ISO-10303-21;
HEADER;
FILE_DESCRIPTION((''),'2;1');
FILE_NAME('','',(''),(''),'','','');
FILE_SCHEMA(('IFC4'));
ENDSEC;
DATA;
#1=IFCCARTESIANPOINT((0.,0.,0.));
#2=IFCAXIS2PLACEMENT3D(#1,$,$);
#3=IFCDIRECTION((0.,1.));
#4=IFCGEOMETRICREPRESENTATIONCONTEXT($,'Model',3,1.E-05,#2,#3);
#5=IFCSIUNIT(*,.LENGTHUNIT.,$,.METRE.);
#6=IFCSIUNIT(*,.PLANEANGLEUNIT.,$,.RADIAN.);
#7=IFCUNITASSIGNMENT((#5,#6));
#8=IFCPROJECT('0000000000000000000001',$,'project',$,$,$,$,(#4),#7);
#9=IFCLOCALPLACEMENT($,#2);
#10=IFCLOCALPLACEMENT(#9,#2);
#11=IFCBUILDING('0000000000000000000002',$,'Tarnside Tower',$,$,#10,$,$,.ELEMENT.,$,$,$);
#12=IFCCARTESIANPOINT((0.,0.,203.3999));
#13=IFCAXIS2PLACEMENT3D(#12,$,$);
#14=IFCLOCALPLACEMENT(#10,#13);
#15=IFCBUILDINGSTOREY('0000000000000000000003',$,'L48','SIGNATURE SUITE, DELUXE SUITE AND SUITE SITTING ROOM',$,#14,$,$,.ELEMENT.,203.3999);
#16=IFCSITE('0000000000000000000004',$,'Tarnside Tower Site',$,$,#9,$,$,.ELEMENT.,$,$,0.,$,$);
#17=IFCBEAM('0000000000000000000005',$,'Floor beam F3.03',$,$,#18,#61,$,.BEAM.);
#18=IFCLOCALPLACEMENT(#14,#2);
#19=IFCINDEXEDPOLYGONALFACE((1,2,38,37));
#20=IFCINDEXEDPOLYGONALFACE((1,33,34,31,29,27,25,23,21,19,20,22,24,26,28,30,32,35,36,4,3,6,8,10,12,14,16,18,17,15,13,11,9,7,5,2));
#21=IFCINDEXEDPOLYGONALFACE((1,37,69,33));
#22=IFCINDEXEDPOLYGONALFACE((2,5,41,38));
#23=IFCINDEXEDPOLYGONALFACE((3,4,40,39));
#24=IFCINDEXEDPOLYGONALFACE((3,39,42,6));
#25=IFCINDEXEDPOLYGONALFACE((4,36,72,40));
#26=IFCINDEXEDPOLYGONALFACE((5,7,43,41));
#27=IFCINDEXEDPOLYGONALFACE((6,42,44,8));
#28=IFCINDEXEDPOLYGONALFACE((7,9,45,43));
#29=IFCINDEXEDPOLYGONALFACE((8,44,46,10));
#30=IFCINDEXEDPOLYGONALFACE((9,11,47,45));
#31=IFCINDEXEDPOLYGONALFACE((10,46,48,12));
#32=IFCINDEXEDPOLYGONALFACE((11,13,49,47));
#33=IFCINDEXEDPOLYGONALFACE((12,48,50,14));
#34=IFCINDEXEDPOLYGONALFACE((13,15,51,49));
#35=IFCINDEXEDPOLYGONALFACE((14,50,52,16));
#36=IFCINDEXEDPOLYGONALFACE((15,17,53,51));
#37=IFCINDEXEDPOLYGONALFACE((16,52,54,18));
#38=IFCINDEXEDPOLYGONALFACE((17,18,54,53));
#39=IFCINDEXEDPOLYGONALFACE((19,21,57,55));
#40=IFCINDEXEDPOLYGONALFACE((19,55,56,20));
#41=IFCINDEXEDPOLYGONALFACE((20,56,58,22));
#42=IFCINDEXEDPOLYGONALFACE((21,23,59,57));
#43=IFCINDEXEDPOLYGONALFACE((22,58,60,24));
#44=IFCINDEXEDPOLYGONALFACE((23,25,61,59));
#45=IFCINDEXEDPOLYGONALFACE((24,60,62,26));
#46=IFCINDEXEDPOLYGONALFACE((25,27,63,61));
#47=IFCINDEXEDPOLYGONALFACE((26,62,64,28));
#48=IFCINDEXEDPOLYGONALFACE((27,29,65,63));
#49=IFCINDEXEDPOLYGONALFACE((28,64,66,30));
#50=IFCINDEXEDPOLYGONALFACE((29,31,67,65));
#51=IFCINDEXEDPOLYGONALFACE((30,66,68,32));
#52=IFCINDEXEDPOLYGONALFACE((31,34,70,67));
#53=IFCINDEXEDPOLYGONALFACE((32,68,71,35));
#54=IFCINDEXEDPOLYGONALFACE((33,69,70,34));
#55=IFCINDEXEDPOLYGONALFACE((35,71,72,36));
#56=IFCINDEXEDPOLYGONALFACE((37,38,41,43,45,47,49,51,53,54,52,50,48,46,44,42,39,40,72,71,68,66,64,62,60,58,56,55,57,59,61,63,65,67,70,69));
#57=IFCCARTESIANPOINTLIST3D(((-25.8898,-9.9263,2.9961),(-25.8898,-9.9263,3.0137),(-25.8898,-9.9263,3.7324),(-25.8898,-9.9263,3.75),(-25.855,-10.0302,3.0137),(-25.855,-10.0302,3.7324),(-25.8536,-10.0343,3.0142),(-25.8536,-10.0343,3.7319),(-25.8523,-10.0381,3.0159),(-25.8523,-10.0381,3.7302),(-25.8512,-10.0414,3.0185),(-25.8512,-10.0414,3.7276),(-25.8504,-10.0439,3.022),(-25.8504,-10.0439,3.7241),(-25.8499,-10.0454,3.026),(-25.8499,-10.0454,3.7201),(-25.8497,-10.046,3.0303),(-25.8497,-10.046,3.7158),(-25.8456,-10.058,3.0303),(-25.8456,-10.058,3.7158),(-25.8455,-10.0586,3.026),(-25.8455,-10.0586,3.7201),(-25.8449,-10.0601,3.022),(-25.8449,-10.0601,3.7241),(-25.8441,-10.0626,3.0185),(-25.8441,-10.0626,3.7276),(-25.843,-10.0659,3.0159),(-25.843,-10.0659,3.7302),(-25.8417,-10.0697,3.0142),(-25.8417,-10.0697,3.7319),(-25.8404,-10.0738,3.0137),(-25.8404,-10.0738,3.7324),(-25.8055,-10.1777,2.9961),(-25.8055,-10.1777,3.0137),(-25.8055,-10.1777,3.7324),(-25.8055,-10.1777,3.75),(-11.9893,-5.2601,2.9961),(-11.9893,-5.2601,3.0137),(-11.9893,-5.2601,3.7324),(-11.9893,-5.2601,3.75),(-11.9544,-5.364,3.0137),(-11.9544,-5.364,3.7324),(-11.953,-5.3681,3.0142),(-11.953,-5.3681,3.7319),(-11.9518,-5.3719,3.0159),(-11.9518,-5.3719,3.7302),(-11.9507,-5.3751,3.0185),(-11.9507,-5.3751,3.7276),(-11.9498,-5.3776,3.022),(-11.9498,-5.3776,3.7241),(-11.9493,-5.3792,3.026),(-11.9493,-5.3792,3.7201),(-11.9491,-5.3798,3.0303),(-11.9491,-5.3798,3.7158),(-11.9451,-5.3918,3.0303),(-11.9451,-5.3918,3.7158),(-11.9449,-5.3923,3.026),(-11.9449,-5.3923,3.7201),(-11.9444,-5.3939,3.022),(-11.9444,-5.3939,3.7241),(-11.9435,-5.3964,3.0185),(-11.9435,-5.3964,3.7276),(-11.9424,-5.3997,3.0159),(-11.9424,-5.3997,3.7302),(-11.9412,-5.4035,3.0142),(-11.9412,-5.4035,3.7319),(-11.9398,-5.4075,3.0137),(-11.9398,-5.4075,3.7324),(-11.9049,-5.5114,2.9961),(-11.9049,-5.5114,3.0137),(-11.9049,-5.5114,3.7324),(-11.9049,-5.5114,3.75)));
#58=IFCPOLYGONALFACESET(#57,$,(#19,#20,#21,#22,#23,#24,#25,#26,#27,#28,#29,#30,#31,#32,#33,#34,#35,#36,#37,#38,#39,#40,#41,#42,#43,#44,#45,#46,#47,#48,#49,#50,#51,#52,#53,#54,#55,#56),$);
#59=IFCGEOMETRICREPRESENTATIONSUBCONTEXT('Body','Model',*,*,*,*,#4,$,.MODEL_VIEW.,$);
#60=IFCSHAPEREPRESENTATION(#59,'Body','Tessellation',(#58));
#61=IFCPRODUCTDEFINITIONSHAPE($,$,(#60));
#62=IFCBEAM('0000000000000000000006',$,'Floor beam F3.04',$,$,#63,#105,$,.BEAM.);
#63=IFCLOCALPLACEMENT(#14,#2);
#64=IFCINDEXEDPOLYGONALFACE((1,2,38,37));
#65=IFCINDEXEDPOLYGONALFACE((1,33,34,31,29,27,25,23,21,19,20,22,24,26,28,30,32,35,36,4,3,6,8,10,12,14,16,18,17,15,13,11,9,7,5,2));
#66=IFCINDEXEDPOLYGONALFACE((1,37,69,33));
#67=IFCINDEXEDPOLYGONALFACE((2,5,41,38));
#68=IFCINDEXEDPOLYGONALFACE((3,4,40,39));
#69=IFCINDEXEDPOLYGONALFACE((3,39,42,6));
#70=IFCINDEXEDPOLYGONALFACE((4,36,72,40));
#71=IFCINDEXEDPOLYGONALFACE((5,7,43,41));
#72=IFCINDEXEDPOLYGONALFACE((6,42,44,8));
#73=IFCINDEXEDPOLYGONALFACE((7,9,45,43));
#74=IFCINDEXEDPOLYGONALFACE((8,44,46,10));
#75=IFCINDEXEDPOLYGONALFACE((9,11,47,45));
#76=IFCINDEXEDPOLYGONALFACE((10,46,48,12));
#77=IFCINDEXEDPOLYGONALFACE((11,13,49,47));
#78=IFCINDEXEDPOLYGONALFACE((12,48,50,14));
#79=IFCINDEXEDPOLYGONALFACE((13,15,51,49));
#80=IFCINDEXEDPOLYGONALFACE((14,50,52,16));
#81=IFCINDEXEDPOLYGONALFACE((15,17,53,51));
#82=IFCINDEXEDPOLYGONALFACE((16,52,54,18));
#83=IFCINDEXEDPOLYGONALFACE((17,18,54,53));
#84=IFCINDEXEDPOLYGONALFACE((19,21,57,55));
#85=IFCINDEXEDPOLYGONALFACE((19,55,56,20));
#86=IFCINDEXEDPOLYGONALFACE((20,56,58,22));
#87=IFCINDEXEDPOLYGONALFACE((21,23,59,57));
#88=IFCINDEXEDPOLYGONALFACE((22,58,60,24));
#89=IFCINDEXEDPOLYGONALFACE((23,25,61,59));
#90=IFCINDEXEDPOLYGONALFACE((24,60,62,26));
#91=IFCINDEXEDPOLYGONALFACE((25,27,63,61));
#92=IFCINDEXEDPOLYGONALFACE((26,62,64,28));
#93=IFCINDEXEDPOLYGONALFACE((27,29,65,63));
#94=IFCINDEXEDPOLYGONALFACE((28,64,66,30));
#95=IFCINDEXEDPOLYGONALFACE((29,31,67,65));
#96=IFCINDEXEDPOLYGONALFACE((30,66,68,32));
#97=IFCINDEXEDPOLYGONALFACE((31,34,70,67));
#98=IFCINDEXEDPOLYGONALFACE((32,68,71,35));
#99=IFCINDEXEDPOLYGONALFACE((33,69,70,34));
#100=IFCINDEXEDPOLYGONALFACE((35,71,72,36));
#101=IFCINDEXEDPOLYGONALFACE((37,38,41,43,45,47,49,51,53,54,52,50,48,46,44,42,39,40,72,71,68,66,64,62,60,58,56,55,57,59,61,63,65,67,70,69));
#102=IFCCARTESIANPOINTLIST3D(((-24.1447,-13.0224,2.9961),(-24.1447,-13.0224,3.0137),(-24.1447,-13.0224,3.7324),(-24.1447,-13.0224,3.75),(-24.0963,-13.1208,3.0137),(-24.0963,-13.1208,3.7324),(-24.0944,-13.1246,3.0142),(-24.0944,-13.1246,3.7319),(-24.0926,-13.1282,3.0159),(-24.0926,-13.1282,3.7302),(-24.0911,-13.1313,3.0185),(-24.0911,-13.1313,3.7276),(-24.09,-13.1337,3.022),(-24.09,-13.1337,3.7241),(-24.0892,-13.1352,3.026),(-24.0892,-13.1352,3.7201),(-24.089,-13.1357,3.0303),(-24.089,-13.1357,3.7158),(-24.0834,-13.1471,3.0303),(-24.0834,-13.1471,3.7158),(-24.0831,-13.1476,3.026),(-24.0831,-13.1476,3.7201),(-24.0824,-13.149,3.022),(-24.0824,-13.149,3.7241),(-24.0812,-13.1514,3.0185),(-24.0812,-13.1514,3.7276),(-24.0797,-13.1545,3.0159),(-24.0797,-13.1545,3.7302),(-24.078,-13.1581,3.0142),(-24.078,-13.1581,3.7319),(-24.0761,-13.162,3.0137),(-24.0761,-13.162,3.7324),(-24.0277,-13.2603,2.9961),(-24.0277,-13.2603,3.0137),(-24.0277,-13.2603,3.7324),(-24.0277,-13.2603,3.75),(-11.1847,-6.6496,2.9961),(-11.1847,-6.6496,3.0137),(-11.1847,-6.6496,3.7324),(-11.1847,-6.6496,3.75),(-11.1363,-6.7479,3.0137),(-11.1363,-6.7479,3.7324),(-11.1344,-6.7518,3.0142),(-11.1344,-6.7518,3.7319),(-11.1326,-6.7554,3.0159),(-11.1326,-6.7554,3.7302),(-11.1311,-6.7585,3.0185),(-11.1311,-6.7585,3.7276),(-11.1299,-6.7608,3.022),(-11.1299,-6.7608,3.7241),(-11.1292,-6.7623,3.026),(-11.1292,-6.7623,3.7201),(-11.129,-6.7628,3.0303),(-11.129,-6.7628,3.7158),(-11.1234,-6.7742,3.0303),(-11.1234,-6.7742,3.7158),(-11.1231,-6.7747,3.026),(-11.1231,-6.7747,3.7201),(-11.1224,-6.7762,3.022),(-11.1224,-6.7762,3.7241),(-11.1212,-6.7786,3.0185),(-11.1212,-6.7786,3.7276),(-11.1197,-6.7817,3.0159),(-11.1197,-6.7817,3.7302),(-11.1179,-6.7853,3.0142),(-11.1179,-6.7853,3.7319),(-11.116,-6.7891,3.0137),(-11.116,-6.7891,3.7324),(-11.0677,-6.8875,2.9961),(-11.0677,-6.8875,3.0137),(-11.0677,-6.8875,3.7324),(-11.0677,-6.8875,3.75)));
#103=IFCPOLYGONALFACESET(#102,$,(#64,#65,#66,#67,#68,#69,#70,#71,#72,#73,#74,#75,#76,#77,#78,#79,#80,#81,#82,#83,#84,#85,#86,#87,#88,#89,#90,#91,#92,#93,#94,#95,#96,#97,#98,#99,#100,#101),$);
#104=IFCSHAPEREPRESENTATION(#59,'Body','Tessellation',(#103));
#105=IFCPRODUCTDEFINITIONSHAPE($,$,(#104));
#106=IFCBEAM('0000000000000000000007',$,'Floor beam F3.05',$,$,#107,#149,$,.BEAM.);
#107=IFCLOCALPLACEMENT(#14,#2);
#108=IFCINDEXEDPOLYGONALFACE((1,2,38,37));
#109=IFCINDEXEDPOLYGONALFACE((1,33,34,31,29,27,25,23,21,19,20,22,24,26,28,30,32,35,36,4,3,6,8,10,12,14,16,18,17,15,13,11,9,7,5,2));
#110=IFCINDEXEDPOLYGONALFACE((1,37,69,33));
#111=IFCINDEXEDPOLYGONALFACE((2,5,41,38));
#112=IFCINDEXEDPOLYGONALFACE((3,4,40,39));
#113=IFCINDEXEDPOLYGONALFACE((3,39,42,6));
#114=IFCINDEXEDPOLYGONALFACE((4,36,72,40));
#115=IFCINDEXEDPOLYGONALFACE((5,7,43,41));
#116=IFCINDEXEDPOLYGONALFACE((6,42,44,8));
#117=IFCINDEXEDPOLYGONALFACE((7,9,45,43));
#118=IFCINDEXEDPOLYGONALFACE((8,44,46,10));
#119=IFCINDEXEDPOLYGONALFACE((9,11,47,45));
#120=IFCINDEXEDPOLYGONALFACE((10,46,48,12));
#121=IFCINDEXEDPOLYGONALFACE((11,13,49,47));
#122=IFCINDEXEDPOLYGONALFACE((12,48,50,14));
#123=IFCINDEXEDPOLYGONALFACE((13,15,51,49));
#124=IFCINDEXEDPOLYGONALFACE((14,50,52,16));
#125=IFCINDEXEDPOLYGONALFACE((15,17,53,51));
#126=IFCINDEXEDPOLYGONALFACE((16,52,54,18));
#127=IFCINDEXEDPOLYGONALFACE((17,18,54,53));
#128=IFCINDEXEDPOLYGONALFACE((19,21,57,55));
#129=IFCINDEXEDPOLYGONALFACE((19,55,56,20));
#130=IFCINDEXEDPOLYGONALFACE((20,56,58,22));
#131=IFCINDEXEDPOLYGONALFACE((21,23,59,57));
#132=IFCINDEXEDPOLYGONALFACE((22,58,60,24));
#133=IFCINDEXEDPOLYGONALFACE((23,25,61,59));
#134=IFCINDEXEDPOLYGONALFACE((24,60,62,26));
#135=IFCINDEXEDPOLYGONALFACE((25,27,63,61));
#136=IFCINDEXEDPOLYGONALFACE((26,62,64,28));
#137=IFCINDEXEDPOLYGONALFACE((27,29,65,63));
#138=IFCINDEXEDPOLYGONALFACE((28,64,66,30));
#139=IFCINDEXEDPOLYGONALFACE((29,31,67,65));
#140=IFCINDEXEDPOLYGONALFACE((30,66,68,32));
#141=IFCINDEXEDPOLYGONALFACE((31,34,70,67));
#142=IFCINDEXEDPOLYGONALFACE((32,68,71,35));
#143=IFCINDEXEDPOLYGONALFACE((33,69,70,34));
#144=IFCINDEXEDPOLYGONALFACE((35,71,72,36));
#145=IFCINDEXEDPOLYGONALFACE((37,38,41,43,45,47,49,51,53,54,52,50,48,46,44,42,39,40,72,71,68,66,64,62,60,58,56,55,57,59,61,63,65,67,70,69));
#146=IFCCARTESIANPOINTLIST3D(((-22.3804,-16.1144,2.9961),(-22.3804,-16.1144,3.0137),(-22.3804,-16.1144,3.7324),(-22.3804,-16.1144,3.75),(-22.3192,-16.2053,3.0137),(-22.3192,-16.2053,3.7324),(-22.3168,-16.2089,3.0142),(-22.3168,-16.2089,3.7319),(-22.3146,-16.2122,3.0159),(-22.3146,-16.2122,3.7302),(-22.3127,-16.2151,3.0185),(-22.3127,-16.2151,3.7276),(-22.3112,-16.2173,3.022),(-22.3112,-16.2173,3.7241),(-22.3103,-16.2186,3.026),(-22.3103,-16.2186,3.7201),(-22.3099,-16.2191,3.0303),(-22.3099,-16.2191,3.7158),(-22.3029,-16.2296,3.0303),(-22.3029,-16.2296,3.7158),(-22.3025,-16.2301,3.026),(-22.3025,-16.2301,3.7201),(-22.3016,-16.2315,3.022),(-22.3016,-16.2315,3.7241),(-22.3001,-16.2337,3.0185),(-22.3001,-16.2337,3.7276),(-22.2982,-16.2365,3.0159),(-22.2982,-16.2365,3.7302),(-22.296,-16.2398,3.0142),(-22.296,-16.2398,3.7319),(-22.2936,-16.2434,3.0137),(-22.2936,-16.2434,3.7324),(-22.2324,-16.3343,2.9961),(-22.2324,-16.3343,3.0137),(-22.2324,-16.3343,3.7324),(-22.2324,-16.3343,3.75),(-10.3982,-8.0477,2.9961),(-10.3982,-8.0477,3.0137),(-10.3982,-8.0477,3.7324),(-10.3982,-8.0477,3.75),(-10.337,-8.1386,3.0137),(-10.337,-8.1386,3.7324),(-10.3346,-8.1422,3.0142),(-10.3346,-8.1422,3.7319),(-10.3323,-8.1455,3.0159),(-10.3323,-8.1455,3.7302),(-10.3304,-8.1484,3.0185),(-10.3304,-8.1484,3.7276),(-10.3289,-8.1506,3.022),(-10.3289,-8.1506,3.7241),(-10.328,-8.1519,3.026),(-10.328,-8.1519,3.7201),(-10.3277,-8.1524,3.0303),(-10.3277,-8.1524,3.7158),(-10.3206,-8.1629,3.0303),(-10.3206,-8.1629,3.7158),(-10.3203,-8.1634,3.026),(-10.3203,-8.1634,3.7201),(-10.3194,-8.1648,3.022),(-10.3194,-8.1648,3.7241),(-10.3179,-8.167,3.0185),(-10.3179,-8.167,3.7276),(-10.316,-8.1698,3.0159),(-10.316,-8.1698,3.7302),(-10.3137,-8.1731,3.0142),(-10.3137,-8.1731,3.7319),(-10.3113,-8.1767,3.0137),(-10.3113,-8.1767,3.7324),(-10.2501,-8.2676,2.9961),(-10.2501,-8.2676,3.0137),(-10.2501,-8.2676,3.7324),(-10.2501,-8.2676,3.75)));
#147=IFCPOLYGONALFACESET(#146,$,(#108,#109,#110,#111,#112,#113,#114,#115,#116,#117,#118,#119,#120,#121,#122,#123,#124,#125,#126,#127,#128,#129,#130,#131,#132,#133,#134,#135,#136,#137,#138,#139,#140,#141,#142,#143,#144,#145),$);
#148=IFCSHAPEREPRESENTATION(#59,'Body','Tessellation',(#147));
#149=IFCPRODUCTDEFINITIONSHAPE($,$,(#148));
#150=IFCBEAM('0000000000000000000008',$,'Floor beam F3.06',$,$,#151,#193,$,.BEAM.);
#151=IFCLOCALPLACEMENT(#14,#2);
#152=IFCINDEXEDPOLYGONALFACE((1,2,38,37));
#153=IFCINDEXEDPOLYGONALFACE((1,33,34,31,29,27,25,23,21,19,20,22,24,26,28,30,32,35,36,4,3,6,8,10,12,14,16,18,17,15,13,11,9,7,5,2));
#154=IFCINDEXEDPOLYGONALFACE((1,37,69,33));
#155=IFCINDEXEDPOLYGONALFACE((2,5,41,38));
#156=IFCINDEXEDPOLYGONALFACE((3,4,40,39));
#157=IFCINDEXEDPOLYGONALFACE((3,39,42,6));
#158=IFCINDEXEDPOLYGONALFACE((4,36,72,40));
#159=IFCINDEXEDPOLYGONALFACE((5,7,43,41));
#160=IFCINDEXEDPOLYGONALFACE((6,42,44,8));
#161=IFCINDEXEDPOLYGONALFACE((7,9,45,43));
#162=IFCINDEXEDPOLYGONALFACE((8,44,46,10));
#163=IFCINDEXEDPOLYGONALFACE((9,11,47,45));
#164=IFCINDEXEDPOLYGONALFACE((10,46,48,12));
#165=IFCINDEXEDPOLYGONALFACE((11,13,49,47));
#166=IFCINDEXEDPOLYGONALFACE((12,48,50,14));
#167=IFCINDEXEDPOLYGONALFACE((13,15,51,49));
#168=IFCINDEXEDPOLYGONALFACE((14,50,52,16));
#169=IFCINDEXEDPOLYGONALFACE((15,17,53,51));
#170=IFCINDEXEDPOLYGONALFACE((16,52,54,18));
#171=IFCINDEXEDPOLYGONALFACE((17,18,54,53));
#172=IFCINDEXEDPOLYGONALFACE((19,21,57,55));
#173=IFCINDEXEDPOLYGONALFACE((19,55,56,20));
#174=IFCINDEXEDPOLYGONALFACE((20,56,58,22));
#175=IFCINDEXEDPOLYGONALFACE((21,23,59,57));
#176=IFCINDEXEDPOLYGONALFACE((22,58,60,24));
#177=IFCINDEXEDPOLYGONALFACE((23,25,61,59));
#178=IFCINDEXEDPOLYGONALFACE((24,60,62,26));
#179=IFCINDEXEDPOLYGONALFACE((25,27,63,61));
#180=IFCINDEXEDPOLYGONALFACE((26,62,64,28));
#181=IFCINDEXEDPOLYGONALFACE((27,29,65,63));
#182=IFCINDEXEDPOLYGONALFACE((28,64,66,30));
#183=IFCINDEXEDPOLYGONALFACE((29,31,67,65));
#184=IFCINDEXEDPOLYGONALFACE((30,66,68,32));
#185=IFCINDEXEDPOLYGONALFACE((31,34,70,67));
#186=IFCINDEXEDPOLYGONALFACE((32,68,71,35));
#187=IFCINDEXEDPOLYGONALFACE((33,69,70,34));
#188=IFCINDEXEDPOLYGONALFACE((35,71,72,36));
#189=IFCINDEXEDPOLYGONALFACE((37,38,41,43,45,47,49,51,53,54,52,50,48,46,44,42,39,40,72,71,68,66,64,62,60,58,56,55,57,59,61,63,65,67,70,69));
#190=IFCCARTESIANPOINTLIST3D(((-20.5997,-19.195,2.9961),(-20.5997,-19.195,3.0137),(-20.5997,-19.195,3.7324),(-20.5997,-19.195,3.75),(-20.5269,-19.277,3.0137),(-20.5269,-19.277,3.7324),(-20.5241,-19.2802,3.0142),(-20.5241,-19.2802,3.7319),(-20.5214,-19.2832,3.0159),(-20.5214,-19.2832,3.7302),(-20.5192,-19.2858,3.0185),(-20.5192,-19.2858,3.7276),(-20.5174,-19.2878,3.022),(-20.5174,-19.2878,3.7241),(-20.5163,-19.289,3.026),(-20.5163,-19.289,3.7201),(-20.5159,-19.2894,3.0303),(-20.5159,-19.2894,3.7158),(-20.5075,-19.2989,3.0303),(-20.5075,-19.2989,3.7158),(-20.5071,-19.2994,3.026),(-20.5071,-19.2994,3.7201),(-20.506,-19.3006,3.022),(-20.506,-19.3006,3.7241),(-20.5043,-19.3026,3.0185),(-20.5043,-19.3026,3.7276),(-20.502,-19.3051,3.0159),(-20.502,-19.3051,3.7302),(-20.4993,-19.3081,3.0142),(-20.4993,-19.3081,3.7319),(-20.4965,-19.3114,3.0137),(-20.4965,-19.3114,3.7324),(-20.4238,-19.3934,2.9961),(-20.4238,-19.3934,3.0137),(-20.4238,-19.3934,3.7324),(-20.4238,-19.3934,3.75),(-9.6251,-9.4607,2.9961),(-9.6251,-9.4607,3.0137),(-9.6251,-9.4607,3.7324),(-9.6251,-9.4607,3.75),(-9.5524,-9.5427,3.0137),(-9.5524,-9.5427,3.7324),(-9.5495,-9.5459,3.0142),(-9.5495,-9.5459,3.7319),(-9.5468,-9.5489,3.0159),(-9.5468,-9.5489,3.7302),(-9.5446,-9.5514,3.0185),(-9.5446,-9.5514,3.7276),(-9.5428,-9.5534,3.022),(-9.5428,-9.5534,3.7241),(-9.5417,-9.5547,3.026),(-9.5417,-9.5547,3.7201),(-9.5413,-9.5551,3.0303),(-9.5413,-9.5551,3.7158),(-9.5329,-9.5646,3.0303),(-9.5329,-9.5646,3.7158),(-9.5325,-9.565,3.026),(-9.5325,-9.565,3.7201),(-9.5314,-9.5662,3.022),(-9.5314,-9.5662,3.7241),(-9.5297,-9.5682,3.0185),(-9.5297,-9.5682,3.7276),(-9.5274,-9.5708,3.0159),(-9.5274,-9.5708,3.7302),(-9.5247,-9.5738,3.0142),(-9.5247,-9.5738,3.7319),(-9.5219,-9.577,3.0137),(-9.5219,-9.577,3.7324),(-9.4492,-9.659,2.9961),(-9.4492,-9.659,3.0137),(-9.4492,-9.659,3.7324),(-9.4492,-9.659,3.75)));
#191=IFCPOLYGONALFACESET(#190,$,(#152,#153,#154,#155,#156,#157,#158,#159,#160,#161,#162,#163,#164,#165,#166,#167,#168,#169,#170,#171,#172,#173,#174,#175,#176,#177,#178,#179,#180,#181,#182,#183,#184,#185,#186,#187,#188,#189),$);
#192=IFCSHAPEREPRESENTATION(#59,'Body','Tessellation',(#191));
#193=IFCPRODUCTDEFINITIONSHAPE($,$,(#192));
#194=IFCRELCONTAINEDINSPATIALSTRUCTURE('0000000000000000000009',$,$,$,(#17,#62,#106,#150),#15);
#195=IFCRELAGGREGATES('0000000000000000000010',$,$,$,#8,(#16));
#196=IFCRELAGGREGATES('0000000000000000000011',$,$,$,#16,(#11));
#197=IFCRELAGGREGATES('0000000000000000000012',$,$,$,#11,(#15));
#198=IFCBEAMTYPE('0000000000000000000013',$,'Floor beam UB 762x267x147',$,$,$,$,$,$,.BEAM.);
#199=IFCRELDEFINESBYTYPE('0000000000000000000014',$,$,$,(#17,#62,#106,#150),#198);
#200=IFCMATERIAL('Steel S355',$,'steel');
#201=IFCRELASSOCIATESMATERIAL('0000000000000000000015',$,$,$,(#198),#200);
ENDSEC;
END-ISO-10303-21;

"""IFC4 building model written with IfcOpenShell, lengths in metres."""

from ifc_helpers import new_model, si_unit, direction, frame, origin, origin_2d, place, context, subcontext, project, spatial, i_section, extrude, material, material_profile, profile_set, type_object, element, save


model = new_model("IFC4")

# Units and contexts
model_context = context("Model", 3, precision=1e-05, world=origin(), true_north=direction((0.0, 1.0)))
body_context = subcontext(model_context, "Body", "Model", "MODEL_VIEW")
ifc_project = project(units=[si_unit("LENGTHUNIT", "METRE"), si_unit("PLANEANGLEUNIT", "RADIAN")], contexts=[model_context])

# Site, building, storey
site_placement = place(None, origin())
site = spatial("IfcSite", under=ifc_project, at=site_placement, Name="Tarnside Tower Site", CompositionType="ELEMENT", RefElevation=0.0)
building_placement = place(site_placement, origin())
building = spatial("IfcBuilding", under=site, at=building_placement, Name="Tarnside Tower", CompositionType="ELEMENT")
storey_placement = place(building_placement, frame((0.0, 0.0, 203.3999)))
storey = spatial("IfcBuildingStorey", under=building, at=storey_placement, Name="L48", Description="SIGNATURE SUITE, DELUXE SUITE AND SUITE SITTING ROOM", CompositionType="ELEMENT", Elevation=203.3999)

# Beams
ifc_material_1 = material(Name="Steel S355", Category="steel")
ifc_material_profile_1 = material_profile(ifc_material_1, i_section(OverallWidth=0.2651, OverallDepth=0.7539, WebThickness=0.0127, FlangeThickness=0.0176, FilletRadius=0.0166, at=origin_2d()), Name="UB 762x267x147")
ifc_profile_set_1 = profile_set([ifc_material_profile_1], Name="Steel S355")
beam_type_1 = type_object("IfcBeamType", Name="Floor beam UB 762x267x147", PredefinedType="BEAM", material=ifc_profile_set_1)
beam_1_placement = place(storey_placement, frame((-25.8477, -10.052, 3.373), z_axis=(0.948012, 0.318235, 0.0), x_axis=(-0.318235, 0.948012, 0.0)))
element("IfcBeam", 1, at=beam_1_placement, inside=storey, type_object=beam_type_1, Name="Floor beam F3.03", PredefinedType="BEAM", context=body_context, shape_type="SweptSolid", body=[
    extrude(i_section(OverallWidth=0.2651, OverallDepth=0.7539, WebThickness=0.0127, FlangeThickness=0.0176, FilletRadius=0.0166, at=origin_2d()), origin(), (0.0, 0.0, 1.0), 14.6628),
])
beam_2_placement = place(storey_placement, frame((-24.0862, -13.1414, 3.373), z_axis=(0.897376, 0.441267, 0.0), x_axis=(-0.441267, 0.897376, 0.0)))
element("IfcBeam", 2, at=beam_2_placement, inside=storey, type_object=beam_type_1, Name="Floor beam F3.04", PredefinedType="BEAM", context=body_context, shape_type="SweptSolid", body=[
    extrude(i_section(OverallWidth=0.2651, OverallDepth=0.7539, WebThickness=0.0127, FlangeThickness=0.0176, FilletRadius=0.0166, at=origin_2d()), origin(), (0.0, 0.0, 1.0), 14.4421),
])
beam_3_placement = place(storey_placement, frame((-22.3064, -16.2244, 3.373), z_axis=(0.829532, 0.558458, 0.0), x_axis=(-0.558458, 0.829532, 0.0)))
element("IfcBeam", 3, at=beam_3_placement, inside=storey, type_object=beam_type_1, Name="Floor beam F3.05", PredefinedType="BEAM", context=body_context, shape_type="SweptSolid", body=[
    extrude(i_section(OverallWidth=0.2651, OverallDepth=0.7539, WebThickness=0.0127, FlangeThickness=0.0176, FilletRadius=0.0166, at=origin_2d()), origin(), (0.0, 0.0, 1.0), 14.4446),
])
beam_4_placement = place(storey_placement, frame((-20.5117, -19.2942, 3.373), z_axis=(0.748114, 0.66357, 0.0), x_axis=(-0.66357, 0.748114, 0.0)))
element("IfcBeam", 4, at=beam_4_placement, inside=storey, type_object=beam_type_1, Name="Floor beam F3.06", PredefinedType="BEAM", context=body_context, shape_type="SweptSolid", body=[
    extrude(i_section(OverallWidth=0.2651, OverallDepth=0.7539, WebThickness=0.0127, FlangeThickness=0.0176, FilletRadius=0.0166, at=origin_2d()), origin(), (0.0, 0.0, 1.0), 14.6697),
])

save(model, "model.ifc")
